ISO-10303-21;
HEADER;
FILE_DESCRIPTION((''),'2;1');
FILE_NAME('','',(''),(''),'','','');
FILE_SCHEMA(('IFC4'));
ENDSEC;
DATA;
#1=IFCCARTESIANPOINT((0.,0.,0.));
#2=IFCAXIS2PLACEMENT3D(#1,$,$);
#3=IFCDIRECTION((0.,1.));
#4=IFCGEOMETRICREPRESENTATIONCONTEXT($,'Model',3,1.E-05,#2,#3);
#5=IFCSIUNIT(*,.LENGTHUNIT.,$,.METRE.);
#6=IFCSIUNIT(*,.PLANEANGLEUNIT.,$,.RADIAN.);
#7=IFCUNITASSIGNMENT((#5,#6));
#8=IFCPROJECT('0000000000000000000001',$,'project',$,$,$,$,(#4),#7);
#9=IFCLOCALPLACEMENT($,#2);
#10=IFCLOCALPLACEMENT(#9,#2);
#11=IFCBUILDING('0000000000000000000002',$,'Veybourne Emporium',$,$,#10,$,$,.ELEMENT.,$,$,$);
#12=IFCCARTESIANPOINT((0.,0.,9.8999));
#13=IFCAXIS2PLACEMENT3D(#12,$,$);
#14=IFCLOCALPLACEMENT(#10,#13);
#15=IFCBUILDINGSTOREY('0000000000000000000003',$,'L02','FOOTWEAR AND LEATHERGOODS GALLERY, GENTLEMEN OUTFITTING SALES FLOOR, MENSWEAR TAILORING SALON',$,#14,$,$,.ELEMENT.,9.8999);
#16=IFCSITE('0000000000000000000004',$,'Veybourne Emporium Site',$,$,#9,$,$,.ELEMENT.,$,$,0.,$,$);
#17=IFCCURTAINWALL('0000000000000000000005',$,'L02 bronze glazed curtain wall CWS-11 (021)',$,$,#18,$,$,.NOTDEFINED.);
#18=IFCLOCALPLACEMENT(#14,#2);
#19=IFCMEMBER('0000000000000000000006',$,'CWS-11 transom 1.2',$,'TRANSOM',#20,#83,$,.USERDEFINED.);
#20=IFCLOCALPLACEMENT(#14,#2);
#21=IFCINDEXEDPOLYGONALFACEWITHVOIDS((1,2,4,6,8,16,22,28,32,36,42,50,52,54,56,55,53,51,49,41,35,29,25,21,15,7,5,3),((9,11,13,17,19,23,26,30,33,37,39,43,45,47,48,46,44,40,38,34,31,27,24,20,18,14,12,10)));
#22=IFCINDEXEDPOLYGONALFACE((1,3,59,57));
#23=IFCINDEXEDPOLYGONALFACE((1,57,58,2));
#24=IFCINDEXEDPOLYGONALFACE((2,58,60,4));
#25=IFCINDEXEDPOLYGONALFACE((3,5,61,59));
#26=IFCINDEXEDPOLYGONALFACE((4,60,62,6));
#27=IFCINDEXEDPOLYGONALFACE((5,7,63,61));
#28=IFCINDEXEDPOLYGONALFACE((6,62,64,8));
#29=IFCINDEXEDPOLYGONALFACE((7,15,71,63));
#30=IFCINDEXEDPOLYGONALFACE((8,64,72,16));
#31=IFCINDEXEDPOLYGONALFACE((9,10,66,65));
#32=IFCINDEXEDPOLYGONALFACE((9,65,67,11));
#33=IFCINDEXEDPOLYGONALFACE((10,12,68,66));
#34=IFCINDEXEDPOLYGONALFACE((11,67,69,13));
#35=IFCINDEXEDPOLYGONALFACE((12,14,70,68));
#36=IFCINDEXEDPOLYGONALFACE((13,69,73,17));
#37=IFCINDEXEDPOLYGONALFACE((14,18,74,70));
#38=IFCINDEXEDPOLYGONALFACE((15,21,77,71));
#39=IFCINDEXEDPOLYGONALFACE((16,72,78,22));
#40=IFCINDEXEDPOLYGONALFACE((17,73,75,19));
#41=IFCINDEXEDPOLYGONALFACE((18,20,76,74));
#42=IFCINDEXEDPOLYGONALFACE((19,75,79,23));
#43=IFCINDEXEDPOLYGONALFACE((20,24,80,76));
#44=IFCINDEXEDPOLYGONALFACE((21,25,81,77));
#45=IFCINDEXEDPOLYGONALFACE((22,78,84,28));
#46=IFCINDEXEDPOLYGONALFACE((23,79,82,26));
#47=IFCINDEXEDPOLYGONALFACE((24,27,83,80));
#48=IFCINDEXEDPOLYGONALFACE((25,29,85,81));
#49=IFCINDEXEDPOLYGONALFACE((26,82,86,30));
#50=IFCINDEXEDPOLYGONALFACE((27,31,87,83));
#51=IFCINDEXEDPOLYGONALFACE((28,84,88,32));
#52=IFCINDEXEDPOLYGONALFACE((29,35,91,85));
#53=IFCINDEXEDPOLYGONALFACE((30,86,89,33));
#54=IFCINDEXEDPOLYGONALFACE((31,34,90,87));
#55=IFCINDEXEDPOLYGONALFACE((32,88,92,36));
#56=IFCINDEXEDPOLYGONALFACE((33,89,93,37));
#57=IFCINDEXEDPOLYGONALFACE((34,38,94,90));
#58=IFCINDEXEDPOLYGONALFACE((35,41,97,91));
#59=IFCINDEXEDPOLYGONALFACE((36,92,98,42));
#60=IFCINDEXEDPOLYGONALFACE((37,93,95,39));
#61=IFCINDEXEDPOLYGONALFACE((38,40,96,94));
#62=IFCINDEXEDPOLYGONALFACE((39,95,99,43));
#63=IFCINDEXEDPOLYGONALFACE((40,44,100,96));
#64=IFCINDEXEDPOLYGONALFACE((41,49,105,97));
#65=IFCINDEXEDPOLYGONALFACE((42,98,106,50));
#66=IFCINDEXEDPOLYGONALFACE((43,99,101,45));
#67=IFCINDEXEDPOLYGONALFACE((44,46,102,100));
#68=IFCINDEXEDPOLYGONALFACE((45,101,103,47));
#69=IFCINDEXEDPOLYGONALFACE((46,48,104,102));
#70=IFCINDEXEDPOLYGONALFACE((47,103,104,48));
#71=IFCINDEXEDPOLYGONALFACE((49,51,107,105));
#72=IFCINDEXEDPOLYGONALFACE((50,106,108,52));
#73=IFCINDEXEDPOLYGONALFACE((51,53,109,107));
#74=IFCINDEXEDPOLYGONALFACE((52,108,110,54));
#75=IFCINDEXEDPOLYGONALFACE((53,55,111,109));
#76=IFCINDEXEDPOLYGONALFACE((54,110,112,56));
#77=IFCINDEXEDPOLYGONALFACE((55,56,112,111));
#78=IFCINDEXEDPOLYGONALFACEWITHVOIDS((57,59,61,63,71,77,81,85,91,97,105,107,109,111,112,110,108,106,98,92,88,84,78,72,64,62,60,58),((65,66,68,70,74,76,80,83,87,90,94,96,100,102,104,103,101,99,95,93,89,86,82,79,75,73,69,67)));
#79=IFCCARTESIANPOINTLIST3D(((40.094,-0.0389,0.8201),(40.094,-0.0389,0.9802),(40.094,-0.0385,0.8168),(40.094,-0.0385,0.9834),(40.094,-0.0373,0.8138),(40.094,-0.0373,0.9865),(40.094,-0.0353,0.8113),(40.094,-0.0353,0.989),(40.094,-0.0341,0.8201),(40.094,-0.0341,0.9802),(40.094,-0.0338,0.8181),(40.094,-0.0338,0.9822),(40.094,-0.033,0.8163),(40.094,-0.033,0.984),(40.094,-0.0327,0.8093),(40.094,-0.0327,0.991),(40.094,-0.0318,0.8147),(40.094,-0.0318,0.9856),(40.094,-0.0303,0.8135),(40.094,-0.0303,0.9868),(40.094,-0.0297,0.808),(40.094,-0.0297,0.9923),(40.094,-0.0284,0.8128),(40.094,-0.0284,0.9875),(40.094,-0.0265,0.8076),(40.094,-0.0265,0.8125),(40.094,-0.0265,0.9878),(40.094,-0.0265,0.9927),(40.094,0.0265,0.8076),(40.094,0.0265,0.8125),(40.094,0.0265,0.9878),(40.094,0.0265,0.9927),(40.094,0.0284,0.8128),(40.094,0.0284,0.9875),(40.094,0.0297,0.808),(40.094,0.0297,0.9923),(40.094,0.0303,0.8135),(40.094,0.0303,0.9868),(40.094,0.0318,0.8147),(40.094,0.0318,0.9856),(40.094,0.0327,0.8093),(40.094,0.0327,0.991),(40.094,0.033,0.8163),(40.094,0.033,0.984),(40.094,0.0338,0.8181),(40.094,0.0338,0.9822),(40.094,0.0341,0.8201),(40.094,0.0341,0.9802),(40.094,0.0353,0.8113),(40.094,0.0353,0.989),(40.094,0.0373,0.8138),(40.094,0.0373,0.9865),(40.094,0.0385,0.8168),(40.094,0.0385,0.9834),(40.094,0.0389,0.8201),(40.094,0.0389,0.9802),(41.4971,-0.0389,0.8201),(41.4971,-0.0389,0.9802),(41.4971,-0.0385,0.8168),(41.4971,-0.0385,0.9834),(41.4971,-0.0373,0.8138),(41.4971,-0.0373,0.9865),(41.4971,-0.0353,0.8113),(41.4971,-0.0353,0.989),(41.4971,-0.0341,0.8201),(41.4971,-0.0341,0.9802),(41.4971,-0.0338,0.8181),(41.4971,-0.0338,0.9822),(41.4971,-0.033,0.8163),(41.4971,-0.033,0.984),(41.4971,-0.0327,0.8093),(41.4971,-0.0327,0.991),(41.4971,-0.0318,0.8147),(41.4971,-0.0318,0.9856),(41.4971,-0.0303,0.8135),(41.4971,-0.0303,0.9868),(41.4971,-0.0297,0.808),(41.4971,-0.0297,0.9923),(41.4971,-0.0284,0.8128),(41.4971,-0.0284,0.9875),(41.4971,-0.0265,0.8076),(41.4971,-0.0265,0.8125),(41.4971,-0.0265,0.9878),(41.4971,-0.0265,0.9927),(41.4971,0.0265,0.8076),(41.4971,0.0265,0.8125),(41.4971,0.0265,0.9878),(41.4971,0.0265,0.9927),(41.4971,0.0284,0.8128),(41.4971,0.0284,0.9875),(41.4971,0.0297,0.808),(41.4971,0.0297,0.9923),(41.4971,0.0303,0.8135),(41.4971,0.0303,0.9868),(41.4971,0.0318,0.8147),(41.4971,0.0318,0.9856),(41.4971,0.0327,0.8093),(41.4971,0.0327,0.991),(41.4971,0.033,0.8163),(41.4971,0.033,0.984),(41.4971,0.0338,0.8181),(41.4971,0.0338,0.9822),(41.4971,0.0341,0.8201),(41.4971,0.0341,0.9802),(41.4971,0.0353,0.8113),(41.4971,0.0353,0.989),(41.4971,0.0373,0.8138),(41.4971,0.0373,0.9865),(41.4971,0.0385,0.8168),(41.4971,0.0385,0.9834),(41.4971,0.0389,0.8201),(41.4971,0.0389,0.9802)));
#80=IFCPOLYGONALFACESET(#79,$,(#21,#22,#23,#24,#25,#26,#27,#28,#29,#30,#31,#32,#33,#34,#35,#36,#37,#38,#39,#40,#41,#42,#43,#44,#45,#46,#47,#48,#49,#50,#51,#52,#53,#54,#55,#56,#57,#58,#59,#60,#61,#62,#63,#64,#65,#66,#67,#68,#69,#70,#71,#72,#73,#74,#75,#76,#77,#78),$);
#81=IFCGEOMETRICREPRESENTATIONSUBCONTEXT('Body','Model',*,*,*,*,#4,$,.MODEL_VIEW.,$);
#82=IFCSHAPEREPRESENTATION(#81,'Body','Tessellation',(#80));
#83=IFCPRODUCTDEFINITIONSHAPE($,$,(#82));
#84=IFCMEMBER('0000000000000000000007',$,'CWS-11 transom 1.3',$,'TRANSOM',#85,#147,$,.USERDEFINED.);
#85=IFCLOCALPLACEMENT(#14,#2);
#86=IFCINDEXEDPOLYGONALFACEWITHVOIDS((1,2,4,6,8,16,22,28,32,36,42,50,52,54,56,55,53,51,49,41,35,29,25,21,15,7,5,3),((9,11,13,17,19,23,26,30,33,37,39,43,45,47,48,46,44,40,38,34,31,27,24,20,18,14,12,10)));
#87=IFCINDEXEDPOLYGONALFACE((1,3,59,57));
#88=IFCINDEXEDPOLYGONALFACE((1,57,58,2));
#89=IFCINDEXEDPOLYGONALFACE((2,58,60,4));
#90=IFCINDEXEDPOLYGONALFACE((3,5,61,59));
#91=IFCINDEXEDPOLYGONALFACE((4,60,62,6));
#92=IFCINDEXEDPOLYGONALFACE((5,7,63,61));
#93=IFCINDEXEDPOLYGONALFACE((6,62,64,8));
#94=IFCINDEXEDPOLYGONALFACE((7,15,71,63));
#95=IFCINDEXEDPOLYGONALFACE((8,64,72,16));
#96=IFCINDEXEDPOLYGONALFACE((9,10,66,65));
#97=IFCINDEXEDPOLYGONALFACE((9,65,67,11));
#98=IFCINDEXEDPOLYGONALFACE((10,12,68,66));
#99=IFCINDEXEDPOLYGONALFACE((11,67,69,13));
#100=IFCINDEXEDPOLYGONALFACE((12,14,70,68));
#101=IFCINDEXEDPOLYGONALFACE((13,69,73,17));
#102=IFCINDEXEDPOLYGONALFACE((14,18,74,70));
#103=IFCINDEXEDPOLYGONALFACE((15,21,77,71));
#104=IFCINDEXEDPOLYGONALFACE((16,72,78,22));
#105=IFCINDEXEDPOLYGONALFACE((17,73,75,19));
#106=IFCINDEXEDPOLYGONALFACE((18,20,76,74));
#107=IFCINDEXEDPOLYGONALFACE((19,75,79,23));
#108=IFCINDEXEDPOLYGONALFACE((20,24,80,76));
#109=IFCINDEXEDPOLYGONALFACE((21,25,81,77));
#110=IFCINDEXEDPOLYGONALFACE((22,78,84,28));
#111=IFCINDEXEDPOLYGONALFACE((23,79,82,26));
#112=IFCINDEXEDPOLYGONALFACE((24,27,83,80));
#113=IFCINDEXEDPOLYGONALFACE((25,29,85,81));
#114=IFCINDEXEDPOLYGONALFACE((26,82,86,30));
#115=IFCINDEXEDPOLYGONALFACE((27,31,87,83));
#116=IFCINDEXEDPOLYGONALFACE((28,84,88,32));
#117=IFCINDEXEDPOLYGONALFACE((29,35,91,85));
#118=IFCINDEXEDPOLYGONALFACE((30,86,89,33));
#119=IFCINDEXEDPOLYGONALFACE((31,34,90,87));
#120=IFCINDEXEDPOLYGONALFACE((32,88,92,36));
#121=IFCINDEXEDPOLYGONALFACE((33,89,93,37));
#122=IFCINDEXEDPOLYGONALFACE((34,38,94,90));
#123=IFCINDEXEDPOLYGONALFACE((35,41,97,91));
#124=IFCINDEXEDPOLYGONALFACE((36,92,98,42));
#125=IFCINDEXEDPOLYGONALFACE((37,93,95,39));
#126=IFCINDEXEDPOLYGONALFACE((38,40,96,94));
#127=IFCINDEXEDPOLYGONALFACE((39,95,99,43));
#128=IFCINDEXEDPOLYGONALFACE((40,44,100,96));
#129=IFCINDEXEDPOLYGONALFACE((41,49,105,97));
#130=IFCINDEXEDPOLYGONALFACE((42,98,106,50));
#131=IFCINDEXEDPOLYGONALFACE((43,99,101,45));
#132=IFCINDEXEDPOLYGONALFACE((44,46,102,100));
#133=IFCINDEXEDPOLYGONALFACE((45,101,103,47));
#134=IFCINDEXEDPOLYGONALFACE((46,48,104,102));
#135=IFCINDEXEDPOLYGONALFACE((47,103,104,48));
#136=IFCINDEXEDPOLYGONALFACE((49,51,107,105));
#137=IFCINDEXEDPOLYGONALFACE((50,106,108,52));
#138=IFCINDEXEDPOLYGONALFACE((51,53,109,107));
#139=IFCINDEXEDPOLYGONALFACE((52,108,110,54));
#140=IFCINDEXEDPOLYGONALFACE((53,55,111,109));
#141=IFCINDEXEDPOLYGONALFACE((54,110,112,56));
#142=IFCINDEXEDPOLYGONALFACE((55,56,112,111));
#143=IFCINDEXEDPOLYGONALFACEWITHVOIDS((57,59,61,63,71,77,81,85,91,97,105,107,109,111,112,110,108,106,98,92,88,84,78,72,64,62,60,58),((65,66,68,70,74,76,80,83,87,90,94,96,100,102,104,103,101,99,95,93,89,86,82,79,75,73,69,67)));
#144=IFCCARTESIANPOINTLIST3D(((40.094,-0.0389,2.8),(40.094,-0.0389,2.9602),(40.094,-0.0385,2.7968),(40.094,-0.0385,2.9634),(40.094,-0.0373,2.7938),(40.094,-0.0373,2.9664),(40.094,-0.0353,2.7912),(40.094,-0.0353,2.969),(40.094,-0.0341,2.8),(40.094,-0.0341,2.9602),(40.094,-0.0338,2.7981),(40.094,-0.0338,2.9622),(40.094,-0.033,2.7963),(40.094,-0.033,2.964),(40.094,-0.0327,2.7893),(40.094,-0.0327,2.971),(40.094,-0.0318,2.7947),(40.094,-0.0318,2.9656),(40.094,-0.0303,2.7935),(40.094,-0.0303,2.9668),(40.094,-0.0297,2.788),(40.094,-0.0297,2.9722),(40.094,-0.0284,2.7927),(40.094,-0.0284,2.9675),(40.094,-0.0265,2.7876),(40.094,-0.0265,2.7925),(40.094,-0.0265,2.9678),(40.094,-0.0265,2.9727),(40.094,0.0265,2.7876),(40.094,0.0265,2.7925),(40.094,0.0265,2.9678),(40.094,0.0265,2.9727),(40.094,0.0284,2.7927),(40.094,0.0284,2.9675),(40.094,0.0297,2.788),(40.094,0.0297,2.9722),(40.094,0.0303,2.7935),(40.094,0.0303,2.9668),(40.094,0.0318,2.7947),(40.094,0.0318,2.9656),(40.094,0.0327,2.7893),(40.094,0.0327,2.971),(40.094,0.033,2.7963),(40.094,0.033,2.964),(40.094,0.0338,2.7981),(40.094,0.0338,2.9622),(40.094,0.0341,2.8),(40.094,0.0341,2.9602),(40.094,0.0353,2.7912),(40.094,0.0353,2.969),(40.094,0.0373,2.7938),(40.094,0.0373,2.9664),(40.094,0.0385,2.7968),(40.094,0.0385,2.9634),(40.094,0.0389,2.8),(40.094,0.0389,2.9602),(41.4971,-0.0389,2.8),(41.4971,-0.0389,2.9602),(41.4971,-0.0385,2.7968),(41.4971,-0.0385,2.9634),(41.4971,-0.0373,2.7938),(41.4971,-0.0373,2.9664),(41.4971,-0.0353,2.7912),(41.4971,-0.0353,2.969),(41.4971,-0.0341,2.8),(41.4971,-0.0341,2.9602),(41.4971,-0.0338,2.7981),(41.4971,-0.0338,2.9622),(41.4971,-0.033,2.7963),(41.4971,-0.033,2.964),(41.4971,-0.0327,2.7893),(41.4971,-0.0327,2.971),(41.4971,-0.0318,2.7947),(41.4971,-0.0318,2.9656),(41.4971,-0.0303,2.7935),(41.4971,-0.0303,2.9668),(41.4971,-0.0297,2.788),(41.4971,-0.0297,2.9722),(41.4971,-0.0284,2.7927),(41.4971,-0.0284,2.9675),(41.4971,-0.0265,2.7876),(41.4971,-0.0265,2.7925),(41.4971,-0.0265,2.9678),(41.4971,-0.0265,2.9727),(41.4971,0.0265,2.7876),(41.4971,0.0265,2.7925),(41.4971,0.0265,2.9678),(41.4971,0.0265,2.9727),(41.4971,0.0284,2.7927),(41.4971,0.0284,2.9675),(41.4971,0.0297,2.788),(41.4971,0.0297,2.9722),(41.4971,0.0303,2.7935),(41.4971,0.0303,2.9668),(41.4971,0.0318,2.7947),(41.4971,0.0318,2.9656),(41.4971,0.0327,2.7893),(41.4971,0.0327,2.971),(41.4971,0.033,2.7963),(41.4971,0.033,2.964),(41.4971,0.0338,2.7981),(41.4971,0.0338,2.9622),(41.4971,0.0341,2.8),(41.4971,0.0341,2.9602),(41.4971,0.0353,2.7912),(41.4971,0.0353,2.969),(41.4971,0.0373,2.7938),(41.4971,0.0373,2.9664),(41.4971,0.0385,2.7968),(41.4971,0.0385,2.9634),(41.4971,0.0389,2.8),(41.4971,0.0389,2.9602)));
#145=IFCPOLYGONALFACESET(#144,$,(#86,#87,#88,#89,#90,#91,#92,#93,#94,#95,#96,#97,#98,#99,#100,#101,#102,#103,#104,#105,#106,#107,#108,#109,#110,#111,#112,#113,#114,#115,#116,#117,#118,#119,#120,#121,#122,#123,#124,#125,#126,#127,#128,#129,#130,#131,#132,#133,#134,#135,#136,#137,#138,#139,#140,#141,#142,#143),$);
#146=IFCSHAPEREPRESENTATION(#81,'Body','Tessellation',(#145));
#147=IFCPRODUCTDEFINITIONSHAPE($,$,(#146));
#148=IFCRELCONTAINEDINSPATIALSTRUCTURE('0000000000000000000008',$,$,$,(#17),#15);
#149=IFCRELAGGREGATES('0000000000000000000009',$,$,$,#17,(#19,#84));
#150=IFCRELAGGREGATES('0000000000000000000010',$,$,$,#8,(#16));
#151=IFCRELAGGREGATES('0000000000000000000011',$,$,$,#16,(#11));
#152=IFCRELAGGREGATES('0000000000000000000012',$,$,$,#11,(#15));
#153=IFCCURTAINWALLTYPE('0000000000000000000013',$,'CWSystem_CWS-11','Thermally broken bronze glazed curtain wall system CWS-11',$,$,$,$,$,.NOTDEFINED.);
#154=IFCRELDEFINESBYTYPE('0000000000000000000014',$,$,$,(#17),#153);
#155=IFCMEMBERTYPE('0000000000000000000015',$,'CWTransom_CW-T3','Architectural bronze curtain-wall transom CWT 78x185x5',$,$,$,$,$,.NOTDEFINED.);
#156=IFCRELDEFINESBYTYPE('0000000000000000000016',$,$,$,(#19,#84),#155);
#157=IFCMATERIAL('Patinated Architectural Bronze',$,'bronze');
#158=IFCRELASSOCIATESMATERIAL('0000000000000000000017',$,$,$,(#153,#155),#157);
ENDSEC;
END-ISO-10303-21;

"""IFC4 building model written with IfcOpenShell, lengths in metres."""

from ifc_helpers import new_model, si_unit, direction, frame, origin, origin_2d, place, context, subcontext, project, spatial, hollow_rectangle, extrude, material, material_profile, profile_set, type_object, element, aggregate, save


model = new_model("IFC4")

# Units and contexts
model_context = context("Model", 3, precision=1e-05, world=origin(), true_north=direction((0.0, 1.0)))
body_context = subcontext(model_context, "Body", "Model", "MODEL_VIEW")
ifc_project = project(units=[si_unit("LENGTHUNIT", "METRE"), si_unit("PLANEANGLEUNIT", "RADIAN")], contexts=[model_context])

# Site, building, storey
site_placement = place(None, origin())
site = spatial("IfcSite", under=ifc_project, at=site_placement, Name="Veybourne Emporium Site", CompositionType="ELEMENT", RefElevation=0.0)
building_placement = place(site_placement, origin())
building = spatial("IfcBuilding", under=site, at=building_placement, Name="Veybourne Emporium", CompositionType="ELEMENT")
storey_placement = place(building_placement, frame((0.0, 0.0, 9.8999)))
storey = spatial("IfcBuildingStorey", under=building, at=storey_placement, Name="L02", Description="FOOTWEAR AND LEATHERGOODS GALLERY, GENTLEMEN OUTFITTING SALES FLOOR, MENSWEAR TAILORING SALON", CompositionType="ELEMENT", Elevation=9.8999)

# Shared definitions
ifc_material_1 = material(Name="Patinated Architectural Bronze", Category="bronze")

# Curtain wall
curtain_wall_type_1 = type_object("IfcCurtainWallType", Name="CWSystem_CWS-11", Description="Thermally broken bronze glazed curtain wall system CWS-11", PredefinedType="NOTDEFINED", material=ifc_material_1)
curtain_wall_1_placement = place(storey_placement, origin())
curtain_wall_1 = element("IfcCurtainWall", 1, at=curtain_wall_1_placement, inside=storey, type_object=curtain_wall_type_1, Name="L02 bronze glazed curtain wall CWS-11 (021)", PredefinedType="NOTDEFINED")

# Members
ifc_material_profile_1 = material_profile(ifc_material_1, hollow_rectangle(XDim=0.0779, YDim=0.1851, WallThickness=0.0049, InnerFilletRadius=0.0076, OuterFilletRadius=0.0125, at=origin_2d()), Name="CWT 78x185x5")
ifc_profile_set_1 = profile_set([ifc_material_profile_1], Name="Patinated Architectural Bronze")
member_type_1 = type_object("IfcMemberType", Name="CWTransom_CW-T3", Description="Architectural bronze curtain-wall transom CWT 78x185x5", PredefinedType="NOTDEFINED", material=ifc_profile_set_1)
member_1_placement = place(storey_placement, frame((41.4971, 0.0, 0.9001), z_axis=(-1.0, 0.0, 0.0), x_axis=(0.0, -1.0, 0.0)))
member_1 = element("IfcMember", 2, at=member_1_placement, type_object=member_type_1, Name="CWS-11 transom 1.2", ObjectType="TRANSOM", PredefinedType="USERDEFINED", context=body_context, shape_type="SweptSolid", body=[
    extrude(hollow_rectangle(XDim=0.0779, YDim=0.1851, WallThickness=0.0049, InnerFilletRadius=0.0076, OuterFilletRadius=0.0125, at=origin_2d()), origin(), (0.0, 0.0, 1.0), 1.4031),
])
member_2_placement = place(storey_placement, frame((41.4971, 0.0, 2.8801), z_axis=(-1.0, 0.0, 0.0), x_axis=(0.0, -1.0, 0.0)))
member_2 = element("IfcMember", 3, at=member_2_placement, type_object=member_type_1, Name="CWS-11 transom 1.3", ObjectType="TRANSOM", PredefinedType="USERDEFINED", context=body_context, shape_type="SweptSolid", body=[
    extrude(hollow_rectangle(XDim=0.0779, YDim=0.1851, WallThickness=0.0049, InnerFilletRadius=0.0076, OuterFilletRadius=0.0125, at=origin_2d()), origin(), (0.0, 0.0, 1.0), 1.4031),
])

aggregate(curtain_wall_1, [member_1, member_2])

save(model, "model.ifc")
